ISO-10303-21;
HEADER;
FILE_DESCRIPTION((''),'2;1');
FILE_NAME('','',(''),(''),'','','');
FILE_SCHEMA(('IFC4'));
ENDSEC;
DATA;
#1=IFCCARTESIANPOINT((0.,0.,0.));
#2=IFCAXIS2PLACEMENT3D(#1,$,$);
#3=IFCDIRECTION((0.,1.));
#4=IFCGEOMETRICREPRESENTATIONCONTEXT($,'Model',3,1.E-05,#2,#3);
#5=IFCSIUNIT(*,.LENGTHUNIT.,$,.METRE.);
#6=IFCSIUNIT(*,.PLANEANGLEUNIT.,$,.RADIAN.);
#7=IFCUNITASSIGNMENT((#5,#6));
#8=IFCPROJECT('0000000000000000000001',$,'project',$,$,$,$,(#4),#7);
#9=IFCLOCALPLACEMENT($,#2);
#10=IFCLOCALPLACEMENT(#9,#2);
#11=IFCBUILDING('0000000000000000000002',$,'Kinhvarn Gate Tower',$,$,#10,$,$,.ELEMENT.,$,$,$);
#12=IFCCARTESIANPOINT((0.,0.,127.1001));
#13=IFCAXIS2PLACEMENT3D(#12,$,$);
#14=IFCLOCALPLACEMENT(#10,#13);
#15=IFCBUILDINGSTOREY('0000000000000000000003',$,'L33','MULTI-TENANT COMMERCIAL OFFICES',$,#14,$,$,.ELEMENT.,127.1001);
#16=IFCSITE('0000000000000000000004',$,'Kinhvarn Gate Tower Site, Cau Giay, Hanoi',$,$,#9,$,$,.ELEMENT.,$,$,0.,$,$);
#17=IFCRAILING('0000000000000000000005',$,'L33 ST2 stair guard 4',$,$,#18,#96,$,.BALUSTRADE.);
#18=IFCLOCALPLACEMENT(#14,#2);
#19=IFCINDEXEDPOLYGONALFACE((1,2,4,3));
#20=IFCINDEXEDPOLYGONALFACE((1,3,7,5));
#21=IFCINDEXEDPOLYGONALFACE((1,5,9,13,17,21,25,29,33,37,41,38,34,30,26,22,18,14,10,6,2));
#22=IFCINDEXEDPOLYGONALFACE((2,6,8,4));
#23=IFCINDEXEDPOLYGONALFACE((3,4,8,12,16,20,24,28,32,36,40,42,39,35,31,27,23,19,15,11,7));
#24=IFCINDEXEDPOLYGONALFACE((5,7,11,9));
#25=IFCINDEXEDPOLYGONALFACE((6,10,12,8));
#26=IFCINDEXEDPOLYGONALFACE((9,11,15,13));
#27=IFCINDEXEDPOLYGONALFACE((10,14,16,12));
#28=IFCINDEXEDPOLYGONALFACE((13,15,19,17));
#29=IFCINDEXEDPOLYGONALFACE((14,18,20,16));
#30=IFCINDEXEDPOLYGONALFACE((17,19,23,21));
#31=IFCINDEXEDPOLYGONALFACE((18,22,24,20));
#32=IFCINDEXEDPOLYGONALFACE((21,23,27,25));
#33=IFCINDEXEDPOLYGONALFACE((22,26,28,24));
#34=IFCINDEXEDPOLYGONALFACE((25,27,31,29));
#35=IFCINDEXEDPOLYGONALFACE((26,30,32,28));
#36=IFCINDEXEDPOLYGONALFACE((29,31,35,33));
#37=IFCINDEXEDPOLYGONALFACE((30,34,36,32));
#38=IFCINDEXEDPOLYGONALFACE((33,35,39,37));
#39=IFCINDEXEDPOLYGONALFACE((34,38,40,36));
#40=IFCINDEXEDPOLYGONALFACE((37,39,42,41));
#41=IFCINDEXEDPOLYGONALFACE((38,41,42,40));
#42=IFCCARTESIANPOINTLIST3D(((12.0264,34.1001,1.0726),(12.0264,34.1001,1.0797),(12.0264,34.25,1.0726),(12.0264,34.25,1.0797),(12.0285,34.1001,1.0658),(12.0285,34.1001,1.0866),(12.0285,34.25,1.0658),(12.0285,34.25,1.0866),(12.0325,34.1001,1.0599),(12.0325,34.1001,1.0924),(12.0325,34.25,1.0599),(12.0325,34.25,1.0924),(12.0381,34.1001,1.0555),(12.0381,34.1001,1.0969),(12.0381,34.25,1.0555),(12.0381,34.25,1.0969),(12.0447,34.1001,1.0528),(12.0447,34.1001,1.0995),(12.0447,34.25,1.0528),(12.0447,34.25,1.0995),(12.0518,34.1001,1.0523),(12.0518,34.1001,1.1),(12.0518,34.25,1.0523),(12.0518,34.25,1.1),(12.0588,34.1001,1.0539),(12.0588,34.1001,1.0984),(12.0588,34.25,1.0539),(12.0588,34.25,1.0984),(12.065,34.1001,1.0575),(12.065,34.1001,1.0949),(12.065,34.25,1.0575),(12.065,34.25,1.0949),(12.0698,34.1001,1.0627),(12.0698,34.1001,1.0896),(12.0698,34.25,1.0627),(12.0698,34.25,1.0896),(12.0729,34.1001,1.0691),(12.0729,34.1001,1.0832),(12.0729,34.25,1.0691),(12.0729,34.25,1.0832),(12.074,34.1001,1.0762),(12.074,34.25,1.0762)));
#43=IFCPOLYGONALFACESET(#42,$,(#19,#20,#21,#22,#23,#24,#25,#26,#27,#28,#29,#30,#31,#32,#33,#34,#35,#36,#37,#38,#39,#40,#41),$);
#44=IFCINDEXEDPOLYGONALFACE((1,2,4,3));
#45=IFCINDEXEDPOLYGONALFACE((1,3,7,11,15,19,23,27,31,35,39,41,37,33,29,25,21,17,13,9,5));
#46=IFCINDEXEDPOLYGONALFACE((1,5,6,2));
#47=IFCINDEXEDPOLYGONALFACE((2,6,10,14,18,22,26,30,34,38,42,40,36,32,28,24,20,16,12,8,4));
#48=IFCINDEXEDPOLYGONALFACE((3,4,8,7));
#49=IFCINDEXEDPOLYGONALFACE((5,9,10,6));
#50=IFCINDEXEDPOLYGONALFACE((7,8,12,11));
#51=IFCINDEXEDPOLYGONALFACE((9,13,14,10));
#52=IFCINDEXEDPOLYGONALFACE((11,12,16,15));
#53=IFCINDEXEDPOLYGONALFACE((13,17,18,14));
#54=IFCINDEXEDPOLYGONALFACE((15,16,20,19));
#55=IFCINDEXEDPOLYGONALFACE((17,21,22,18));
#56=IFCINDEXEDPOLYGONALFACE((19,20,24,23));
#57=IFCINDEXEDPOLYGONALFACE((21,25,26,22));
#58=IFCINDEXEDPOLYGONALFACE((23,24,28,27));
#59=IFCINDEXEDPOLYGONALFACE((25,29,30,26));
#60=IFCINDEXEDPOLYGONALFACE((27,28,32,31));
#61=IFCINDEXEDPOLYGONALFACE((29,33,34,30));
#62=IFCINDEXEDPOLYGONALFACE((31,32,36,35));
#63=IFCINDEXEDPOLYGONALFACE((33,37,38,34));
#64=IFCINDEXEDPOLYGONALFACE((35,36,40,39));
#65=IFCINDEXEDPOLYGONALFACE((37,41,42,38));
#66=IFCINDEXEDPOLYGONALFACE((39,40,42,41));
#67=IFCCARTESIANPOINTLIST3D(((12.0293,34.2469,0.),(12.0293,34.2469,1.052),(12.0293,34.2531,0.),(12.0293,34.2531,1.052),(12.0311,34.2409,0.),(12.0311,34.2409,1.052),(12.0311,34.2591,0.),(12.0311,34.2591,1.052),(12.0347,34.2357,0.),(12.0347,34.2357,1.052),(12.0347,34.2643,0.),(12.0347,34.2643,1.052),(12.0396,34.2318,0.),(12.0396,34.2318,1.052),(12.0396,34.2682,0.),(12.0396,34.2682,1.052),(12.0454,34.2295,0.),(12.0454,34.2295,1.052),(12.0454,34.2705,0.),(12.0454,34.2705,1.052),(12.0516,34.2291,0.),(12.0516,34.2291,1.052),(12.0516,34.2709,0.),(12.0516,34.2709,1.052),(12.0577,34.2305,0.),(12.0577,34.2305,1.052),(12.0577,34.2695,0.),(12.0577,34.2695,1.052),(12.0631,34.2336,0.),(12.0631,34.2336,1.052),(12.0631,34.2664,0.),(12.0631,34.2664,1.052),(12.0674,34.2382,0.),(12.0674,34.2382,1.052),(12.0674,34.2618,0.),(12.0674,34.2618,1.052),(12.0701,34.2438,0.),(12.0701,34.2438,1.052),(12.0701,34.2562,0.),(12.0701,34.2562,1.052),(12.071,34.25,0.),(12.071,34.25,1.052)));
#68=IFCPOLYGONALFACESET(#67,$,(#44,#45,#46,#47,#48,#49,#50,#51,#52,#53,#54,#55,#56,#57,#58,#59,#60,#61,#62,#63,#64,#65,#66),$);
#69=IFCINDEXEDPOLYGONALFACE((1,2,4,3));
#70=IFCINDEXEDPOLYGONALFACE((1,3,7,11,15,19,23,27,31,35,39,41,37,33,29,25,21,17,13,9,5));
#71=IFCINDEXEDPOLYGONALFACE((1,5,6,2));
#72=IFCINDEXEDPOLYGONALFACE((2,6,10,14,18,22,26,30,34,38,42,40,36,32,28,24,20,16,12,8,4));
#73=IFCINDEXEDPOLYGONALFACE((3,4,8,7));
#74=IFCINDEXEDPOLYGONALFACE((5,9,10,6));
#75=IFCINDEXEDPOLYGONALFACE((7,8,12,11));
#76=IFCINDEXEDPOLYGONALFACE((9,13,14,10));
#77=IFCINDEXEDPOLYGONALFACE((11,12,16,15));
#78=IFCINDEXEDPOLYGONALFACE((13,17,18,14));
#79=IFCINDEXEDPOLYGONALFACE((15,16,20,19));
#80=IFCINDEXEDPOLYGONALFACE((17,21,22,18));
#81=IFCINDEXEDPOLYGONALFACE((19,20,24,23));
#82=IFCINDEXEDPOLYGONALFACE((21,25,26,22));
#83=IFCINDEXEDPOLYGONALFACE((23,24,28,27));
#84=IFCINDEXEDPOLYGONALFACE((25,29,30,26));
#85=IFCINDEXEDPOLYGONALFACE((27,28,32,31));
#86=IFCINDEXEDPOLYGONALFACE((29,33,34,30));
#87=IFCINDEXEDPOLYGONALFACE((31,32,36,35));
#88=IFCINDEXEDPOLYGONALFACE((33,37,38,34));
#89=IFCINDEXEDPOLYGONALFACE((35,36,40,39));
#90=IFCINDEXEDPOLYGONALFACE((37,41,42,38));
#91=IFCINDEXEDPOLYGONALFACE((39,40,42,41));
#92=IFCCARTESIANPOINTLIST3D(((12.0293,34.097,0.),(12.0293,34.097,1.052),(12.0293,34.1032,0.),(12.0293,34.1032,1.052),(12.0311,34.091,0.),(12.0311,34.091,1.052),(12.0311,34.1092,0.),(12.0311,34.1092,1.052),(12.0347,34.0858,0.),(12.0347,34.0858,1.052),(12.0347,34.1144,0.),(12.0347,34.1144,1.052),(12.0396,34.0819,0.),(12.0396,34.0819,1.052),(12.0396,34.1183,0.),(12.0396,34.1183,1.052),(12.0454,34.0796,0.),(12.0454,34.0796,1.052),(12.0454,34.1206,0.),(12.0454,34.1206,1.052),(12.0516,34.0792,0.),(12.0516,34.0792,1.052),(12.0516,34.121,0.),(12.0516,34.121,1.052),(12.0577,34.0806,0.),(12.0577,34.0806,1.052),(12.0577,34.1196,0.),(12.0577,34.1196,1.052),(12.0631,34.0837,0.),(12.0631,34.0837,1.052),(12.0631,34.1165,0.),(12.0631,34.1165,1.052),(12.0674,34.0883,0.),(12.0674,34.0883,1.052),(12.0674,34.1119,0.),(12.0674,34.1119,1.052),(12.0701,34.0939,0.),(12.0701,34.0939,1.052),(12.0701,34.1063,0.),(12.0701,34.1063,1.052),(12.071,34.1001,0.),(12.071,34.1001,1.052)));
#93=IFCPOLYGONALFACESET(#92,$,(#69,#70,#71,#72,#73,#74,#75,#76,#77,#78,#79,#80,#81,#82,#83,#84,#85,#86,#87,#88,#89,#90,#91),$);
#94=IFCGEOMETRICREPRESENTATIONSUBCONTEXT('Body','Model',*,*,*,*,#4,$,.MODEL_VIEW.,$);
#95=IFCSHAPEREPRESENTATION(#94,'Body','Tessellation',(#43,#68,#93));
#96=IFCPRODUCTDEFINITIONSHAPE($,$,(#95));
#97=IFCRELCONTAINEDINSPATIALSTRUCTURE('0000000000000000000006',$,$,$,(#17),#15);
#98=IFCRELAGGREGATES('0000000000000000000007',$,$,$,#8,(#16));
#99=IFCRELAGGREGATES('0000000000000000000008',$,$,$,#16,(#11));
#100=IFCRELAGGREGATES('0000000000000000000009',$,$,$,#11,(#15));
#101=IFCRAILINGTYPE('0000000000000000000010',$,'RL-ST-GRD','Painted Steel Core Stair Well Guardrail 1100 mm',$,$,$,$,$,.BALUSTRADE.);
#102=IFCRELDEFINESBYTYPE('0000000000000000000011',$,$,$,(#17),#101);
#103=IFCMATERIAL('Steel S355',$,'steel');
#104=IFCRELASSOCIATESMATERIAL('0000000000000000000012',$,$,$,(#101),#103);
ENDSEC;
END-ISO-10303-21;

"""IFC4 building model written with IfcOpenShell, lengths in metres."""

from ifc_helpers import new_model, si_unit, direction, frame, origin, origin_2d, place, context, subcontext, project, spatial, circle, extrude, material, type_object, element, save


model = new_model("IFC4")

# Units and contexts
model_context = context("Model", 3, precision=1e-05, world=origin(), true_north=direction((0.0, 1.0)))
body_context = subcontext(model_context, "Body", "Model", "MODEL_VIEW")
ifc_project = project(units=[si_unit("LENGTHUNIT", "METRE"), si_unit("PLANEANGLEUNIT", "RADIAN")], contexts=[model_context])

# Site, building, storey
site_placement = place(None, origin())
site = spatial("IfcSite", under=ifc_project, at=site_placement, Name="Kinhvarn Gate Tower Site, Cau Giay, Hanoi", CompositionType="ELEMENT", RefElevation=0.0)
building_placement = place(site_placement, origin())
building = spatial("IfcBuilding", under=site, at=building_placement, Name="Kinhvarn Gate Tower", CompositionType="ELEMENT")
storey_placement = place(building_placement, frame((0.0, 0.0, 127.1001)))
storey = spatial("IfcBuildingStorey", under=building, at=storey_placement, Name="L33", Description="MULTI-TENANT COMMERCIAL OFFICES", CompositionType="ELEMENT", Elevation=127.1001)

# Shared definitions
ifc_material_1 = material(Name="Steel S355", Category="steel")

# Railing
railing_type_1 = type_object("IfcRailingType", Name="RL-ST-GRD", Description="Painted Steel Core Stair Well Guardrail 1100 mm", PredefinedType="BALUSTRADE", material=ifc_material_1)
railing_1_placement = place(storey_placement, frame((12.05, 34.25, 0.0)))
element("IfcRailing", 1, at=railing_1_placement, inside=storey, type_object=railing_type_1, Name="L33 ST2 stair guard 4", PredefinedType="BALUSTRADE", context=body_context, shape_type="SweptSolid", body=[
    extrude(circle(Radius=0.0239, at=origin_2d()), frame((0.0, 0.0, 1.0762), z_axis=(0.0, -1.0, 0.0), x_axis=(1.0, 0.0, 0.0)), (0.0, 0.0, 1.0), 0.1499),
    extrude(circle(Radius=0.021, at=origin_2d()), origin(), (0.0, 0.0, 1.0), 1.052),
    extrude(circle(Radius=0.021, at=origin_2d()), frame((0.0, -0.1499, 0.0)), (0.0, 0.0, 1.0), 1.052),
])

save(model, "model.ifc")
